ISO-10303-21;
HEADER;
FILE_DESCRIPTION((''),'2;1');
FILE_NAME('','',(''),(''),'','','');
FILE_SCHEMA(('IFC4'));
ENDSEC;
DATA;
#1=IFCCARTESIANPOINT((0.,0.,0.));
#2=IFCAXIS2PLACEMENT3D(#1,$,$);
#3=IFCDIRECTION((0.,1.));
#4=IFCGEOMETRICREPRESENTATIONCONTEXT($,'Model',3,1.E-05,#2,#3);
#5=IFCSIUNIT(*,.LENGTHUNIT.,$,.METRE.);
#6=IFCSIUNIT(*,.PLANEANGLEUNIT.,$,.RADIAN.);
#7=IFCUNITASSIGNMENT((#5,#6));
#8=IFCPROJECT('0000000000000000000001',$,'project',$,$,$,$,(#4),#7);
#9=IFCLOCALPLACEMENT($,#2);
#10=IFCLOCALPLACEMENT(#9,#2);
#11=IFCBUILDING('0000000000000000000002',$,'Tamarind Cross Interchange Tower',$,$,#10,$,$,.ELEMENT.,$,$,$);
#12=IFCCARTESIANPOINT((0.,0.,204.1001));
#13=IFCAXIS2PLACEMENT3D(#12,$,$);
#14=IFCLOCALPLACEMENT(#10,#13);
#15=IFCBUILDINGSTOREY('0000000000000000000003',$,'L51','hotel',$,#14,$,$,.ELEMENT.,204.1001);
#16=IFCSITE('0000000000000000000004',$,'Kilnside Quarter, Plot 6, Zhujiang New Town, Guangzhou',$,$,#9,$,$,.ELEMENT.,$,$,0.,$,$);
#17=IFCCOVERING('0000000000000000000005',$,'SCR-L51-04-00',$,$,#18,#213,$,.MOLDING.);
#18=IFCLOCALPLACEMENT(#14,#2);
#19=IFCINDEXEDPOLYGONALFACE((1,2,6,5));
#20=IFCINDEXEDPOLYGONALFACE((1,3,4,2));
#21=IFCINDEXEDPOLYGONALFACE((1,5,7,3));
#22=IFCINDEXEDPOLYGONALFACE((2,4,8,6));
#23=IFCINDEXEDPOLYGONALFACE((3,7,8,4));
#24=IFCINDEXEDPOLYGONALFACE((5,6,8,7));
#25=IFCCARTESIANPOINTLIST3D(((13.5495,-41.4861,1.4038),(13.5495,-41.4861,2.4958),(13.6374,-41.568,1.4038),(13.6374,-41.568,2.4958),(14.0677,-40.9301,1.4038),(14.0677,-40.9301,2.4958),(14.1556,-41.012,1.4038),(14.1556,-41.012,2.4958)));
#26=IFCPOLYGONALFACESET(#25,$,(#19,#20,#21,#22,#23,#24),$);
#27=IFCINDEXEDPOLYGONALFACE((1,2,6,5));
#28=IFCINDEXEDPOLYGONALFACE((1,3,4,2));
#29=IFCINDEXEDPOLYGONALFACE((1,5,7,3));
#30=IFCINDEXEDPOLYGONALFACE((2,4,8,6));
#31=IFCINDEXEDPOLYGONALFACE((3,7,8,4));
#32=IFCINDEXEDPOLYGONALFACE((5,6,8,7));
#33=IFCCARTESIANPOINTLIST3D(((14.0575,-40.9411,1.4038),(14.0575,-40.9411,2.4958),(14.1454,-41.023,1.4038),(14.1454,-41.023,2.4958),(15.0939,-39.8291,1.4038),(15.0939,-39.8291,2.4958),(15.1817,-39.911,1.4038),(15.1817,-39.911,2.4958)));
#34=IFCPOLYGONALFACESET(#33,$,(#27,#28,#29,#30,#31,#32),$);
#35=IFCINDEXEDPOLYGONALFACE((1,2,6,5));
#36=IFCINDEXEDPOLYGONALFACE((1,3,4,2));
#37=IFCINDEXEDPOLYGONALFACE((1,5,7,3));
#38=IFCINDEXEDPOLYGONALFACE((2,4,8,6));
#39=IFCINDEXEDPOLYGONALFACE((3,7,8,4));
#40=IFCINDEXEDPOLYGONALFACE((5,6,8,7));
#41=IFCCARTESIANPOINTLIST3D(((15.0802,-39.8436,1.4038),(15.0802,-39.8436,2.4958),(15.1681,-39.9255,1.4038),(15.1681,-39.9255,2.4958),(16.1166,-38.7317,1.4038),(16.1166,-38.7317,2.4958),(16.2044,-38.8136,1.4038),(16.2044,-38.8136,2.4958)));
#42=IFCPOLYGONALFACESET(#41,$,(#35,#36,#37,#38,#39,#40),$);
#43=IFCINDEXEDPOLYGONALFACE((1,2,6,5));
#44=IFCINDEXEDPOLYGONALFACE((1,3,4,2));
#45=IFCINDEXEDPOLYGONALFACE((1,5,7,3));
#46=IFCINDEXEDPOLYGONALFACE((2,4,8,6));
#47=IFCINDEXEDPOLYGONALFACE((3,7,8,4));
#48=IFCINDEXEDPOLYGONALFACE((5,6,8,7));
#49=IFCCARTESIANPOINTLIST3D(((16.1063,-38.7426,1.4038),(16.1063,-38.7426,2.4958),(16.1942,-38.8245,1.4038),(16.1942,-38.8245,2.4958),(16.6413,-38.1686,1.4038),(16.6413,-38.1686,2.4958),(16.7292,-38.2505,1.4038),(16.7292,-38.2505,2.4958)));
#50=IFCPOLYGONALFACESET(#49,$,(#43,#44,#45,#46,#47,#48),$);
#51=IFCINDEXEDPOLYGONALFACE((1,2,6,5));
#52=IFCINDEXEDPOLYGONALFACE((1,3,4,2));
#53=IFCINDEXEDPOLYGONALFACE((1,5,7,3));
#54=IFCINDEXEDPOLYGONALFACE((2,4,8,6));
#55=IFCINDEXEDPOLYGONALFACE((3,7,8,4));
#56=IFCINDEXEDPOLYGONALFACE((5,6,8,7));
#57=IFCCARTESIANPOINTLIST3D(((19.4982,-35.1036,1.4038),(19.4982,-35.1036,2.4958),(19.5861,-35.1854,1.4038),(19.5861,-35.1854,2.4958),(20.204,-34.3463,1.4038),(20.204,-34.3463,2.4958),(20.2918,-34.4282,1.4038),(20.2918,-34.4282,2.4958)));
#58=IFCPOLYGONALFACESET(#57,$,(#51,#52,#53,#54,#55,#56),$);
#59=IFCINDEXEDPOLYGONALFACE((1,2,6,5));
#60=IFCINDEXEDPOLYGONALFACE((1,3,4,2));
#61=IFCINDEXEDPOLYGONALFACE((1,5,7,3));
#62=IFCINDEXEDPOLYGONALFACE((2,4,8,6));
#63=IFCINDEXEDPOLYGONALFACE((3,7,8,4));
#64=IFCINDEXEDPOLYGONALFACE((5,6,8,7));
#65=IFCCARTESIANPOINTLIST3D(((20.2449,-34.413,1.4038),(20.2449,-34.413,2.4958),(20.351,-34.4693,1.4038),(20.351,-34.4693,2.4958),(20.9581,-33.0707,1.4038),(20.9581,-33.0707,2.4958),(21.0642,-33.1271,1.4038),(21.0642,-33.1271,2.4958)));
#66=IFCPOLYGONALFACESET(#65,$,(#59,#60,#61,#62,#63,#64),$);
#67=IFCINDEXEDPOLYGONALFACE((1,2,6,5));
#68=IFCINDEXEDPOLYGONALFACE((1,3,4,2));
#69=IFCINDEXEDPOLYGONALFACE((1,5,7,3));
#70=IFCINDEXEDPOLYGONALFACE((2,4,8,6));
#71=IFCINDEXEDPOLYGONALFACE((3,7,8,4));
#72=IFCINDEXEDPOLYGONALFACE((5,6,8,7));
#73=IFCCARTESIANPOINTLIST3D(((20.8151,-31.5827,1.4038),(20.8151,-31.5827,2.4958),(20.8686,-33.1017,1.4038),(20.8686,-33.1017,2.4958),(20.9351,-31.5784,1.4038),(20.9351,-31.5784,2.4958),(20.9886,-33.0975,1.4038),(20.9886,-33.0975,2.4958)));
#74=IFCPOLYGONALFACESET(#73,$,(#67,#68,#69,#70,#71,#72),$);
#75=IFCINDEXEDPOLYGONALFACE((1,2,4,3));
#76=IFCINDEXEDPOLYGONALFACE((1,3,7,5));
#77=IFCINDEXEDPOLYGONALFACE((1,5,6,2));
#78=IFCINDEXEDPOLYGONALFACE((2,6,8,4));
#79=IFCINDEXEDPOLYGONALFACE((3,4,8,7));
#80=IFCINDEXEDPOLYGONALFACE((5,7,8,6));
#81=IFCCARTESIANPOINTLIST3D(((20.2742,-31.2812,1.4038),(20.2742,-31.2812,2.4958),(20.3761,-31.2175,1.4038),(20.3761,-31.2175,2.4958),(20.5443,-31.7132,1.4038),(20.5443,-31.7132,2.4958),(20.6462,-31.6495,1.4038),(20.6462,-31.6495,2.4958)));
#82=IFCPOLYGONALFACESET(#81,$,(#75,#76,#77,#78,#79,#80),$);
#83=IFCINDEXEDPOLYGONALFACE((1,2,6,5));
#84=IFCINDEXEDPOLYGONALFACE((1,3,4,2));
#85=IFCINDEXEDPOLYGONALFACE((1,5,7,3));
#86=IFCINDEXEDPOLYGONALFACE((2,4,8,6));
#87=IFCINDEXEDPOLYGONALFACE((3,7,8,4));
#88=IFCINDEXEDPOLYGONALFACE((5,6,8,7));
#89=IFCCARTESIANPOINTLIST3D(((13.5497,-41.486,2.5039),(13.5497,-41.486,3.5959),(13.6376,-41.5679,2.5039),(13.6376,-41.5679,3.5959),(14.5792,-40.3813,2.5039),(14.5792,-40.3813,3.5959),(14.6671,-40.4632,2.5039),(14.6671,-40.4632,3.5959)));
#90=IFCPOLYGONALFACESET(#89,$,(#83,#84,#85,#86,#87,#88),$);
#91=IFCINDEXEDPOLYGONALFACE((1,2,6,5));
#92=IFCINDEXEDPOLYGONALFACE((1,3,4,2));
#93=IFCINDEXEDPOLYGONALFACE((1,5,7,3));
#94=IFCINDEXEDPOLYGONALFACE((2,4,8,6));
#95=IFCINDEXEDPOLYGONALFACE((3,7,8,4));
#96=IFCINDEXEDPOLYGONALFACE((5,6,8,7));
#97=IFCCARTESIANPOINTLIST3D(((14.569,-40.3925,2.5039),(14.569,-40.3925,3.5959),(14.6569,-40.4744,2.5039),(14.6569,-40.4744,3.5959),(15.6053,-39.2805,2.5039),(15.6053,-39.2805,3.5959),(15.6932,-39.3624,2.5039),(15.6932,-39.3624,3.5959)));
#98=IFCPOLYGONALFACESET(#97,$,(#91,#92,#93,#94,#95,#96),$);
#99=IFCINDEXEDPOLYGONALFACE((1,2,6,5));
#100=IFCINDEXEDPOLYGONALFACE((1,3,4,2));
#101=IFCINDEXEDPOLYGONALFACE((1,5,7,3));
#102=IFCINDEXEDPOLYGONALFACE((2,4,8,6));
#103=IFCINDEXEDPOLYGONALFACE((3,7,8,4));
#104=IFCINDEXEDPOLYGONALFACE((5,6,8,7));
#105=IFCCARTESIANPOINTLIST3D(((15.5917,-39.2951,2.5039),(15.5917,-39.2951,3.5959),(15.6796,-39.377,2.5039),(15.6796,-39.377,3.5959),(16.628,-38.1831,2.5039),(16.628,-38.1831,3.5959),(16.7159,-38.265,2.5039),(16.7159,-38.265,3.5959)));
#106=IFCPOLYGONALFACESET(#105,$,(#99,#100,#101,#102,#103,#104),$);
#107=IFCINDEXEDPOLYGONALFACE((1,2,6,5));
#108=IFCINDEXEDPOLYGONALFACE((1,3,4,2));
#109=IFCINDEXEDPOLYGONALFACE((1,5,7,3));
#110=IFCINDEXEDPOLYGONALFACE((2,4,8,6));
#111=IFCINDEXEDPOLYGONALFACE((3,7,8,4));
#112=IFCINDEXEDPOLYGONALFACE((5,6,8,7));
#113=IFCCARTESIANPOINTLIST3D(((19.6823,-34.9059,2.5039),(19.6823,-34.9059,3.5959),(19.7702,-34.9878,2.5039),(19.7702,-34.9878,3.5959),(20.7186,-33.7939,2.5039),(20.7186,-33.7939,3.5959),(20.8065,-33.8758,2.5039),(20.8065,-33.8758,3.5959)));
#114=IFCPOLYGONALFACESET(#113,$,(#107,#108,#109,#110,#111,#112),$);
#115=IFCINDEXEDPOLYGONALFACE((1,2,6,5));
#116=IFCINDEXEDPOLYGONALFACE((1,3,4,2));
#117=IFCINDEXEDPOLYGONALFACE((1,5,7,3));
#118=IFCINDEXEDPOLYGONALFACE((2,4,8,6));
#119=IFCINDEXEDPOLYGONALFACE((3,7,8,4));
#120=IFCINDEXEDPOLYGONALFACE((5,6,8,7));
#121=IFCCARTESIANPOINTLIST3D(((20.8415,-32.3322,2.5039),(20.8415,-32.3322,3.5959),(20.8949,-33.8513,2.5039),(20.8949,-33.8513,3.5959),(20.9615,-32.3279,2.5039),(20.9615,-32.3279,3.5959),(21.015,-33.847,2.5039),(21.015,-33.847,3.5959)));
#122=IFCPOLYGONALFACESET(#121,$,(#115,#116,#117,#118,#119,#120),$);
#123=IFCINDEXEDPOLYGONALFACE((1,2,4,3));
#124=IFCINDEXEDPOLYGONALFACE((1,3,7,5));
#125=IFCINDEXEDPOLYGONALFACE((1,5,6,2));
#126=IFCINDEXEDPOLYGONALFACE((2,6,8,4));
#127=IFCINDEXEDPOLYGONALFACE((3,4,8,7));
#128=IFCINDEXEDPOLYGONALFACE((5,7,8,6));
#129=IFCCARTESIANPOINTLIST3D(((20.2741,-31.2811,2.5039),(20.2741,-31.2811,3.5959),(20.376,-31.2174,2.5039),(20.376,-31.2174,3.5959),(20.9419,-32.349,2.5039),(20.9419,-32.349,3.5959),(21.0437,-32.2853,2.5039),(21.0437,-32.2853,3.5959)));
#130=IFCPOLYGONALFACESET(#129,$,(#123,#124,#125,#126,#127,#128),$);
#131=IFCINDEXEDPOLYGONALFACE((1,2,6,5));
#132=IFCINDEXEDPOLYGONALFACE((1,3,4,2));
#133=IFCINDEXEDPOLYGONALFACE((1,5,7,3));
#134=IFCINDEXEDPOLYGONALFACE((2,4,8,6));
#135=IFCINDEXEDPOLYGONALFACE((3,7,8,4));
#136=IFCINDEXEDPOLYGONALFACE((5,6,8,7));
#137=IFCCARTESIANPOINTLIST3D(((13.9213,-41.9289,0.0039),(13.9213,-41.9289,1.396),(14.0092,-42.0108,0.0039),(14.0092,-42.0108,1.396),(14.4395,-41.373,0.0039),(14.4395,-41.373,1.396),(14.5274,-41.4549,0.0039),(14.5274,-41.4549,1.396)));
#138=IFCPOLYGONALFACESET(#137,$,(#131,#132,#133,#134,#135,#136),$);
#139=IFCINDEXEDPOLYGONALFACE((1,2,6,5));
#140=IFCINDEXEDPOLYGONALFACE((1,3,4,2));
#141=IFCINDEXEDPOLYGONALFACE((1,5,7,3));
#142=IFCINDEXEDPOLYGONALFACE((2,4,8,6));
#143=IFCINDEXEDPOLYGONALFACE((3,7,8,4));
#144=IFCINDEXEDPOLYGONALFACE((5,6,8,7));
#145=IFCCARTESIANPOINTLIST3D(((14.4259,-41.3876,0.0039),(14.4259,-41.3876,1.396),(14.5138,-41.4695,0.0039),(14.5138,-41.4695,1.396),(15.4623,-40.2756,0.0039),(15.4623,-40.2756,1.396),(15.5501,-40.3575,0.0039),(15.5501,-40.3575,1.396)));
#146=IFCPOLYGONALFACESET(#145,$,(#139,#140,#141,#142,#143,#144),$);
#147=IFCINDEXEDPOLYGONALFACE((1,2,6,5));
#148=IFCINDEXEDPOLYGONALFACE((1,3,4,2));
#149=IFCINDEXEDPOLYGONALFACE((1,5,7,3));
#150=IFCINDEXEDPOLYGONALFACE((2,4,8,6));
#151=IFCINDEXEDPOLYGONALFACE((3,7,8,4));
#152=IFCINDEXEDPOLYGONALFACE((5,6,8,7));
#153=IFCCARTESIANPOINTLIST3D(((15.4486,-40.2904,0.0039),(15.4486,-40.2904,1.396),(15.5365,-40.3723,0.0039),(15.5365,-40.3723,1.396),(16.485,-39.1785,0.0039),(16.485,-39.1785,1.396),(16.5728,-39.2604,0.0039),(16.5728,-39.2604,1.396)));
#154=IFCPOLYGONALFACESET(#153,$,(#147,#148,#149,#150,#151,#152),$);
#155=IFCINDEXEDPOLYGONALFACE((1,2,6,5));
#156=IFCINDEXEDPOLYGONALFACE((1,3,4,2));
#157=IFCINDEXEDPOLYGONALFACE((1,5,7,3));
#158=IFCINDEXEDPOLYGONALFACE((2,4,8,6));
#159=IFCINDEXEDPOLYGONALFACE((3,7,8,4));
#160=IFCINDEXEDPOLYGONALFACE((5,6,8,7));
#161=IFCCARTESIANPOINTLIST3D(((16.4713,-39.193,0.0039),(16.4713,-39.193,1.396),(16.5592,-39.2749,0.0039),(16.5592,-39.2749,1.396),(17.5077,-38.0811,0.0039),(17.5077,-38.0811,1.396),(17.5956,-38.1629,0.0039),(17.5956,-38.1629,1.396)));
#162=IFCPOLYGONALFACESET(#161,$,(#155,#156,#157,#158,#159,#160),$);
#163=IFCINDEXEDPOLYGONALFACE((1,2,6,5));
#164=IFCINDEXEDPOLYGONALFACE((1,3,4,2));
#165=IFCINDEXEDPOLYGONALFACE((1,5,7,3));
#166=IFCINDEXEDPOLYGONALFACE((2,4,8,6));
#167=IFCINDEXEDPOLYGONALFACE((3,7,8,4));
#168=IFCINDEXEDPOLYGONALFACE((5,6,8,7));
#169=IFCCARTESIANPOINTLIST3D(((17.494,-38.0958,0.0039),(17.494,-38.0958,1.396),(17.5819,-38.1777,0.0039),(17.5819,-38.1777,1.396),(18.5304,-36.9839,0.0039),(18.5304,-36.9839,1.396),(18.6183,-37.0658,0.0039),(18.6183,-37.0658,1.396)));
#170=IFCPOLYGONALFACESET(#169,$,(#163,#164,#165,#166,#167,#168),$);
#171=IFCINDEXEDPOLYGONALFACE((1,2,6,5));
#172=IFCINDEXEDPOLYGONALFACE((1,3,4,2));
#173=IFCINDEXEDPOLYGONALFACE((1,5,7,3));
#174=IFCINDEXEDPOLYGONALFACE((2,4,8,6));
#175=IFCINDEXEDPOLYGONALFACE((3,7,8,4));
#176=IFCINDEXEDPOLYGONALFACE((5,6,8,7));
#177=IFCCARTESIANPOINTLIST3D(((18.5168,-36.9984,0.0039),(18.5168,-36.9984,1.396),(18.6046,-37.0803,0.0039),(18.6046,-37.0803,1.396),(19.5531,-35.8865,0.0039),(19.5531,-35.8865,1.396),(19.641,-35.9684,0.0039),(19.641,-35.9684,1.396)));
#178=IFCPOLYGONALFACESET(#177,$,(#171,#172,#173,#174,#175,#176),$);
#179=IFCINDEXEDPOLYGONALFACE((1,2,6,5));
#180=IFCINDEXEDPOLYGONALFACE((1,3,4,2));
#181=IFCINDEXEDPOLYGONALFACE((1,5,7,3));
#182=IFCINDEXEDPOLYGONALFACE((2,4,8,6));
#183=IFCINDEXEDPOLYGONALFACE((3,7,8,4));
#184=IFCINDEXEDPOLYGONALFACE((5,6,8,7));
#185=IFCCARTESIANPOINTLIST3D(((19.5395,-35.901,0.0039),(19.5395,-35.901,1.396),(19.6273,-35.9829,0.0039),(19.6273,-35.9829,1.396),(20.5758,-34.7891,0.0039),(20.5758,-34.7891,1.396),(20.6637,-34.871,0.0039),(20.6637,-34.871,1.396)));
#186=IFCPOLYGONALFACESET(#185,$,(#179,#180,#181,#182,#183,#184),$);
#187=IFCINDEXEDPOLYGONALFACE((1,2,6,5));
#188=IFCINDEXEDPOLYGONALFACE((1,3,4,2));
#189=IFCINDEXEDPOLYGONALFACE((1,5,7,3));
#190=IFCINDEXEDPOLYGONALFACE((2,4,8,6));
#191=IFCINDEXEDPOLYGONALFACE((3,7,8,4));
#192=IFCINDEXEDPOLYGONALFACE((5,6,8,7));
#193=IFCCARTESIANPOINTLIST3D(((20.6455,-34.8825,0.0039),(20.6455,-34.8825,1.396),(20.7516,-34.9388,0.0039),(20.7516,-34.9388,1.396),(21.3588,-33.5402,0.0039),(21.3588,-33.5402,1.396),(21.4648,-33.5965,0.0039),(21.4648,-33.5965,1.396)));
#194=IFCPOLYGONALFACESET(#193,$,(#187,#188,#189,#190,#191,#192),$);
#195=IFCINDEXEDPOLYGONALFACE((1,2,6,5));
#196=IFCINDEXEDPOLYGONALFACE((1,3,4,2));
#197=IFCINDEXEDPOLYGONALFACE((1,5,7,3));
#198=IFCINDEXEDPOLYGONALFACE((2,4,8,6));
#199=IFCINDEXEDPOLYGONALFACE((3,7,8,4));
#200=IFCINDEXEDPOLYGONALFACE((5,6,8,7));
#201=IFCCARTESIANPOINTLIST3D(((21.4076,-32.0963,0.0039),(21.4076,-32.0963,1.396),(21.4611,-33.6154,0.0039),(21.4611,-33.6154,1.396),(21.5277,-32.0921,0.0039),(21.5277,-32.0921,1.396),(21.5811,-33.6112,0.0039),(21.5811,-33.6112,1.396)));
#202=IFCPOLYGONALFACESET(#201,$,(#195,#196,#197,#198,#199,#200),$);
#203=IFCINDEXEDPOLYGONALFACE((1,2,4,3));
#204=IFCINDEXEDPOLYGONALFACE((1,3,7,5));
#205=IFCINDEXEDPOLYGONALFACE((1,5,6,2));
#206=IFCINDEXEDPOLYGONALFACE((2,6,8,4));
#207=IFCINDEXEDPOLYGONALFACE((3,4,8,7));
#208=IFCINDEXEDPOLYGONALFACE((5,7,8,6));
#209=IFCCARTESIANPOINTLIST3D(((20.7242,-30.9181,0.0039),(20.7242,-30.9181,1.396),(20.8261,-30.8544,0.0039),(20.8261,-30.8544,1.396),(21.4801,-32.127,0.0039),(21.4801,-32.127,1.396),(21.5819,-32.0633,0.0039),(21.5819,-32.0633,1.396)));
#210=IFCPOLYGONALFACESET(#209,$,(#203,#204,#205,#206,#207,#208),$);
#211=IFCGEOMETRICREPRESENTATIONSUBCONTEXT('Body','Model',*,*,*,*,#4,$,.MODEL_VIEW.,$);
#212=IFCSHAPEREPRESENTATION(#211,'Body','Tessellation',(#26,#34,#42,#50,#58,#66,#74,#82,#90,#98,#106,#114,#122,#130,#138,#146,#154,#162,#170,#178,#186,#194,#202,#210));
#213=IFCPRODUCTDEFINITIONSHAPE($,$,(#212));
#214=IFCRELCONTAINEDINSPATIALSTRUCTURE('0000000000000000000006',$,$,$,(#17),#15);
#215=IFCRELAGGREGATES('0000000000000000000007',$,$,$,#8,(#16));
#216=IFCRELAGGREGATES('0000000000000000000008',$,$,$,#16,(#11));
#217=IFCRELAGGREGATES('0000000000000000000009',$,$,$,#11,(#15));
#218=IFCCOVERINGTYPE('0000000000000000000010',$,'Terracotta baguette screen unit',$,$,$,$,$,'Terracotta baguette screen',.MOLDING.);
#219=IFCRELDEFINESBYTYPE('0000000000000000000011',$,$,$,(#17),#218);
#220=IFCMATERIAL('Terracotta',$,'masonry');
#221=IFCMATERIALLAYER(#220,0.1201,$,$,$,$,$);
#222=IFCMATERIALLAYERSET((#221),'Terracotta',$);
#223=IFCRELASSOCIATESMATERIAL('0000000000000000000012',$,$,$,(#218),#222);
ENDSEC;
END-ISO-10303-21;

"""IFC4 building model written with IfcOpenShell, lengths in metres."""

from ifc_helpers import new_model, si_unit, direction, frame, origin, origin_2d, place, context, subcontext, project, spatial, rectangle, extrude, material, layer, layer_set, type_object, element, save


model = new_model("IFC4")

# Units and contexts
model_context = context("Model", 3, precision=1e-05, world=origin(), true_north=direction((0.0, 1.0)))
body_context = subcontext(model_context, "Body", "Model", "MODEL_VIEW")
ifc_project = project(units=[si_unit("LENGTHUNIT", "METRE"), si_unit("PLANEANGLEUNIT", "RADIAN")], contexts=[model_context])

# Site, building, storey
site_placement = place(None, origin())
site = spatial("IfcSite", under=ifc_project, at=site_placement, Name="Kilnside Quarter, Plot 6, Zhujiang New Town, Guangzhou", CompositionType="ELEMENT", RefElevation=0.0)
building_placement = place(site_placement, origin())
building = spatial("IfcBuilding", under=site, at=building_placement, Name="Tamarind Cross Interchange Tower", CompositionType="ELEMENT")
storey_placement = place(building_placement, frame((0.0, 0.0, 204.1001)))
storey = spatial("IfcBuildingStorey", under=building, at=storey_placement, Name="L51", Description="hotel", CompositionType="ELEMENT", Elevation=204.1001)

# Covering
ifc_material_1 = material(Name="Terracotta", Category="masonry")
ifc_layer_1 = layer(ifc_material_1, 0.1201)
ifc_layer_set_1 = layer_set([ifc_layer_1], Name="Terracotta")
covering_type = type_object("IfcCoveringType", Name="Terracotta baguette screen unit", ElementType="Terracotta baguette screen", PredefinedType="MOLDING", material=ifc_layer_set_1)
covering_1_placement = place(storey_placement, origin())
element("IfcCovering", 1, at=covering_1_placement, inside=storey, type_object=covering_type, Name="SCR-L51-04-00", PredefinedType="MOLDING", context=body_context, shape_type="SweptSolid", body=[
    extrude(rectangle(XDim=0.76, YDim=0.1201, at=origin_2d()), frame((13.8525, -41.249, 1.4038), z_axis=(0.0, 0.0, 1.0), x_axis=(0.681794, 0.731544, 0.0)), (0.0, 0.0, 1.0), 1.092),
    extrude(rectangle(XDim=1.52, YDim=0.1201, at=origin_2d()), frame((14.6196, -40.426, 1.4038), z_axis=(0.0, 0.0, 1.0), x_axis=(0.681794, 0.731544, 0.0)), (0.0, 0.0, 1.0), 1.092),
    extrude(rectangle(XDim=1.52, YDim=0.1201, at=origin_2d()), frame((15.6423, -39.3286, 1.4038), z_axis=(0.0, 0.0, 1.0), x_axis=(0.681794, 0.731544, 0.0)), (0.0, 0.0, 1.0), 1.092),
    extrude(rectangle(XDim=0.7847, YDim=0.1201, at=origin_2d()), frame((16.4177, -38.4966, 1.4038), z_axis=(0.0, 0.0, 1.0), x_axis=(0.681794, 0.731544, 0.0)), (0.0, 0.0, 1.0), 1.092),
    extrude(rectangle(XDim=1.0352, YDim=0.1201, at=origin_2d()), frame((19.895, -34.7659, 1.4038), z_axis=(0.0, 0.0, 1.0), x_axis=(0.681794, 0.731544, 0.0)), (0.0, 0.0, 1.0), 1.092),
    extrude(rectangle(XDim=1.52, YDim=0.1201, at=origin_2d()), frame((20.6545, -33.77, 1.4038), z_axis=(0.0, 0.0, 1.0), x_axis=(0.469225, 0.883079, 0.0)), (0.0, 0.0, 1.0), 1.092),
    extrude(rectangle(XDim=1.52, YDim=0.1201, at=origin_2d()), frame((20.9019, -32.3401, 1.4038), z_axis=(0.0, 0.0, 1.0), x_axis=(-0.035179, 0.999381, 0.0)), (0.0, 0.0, 1.0), 1.092),
    extrude(rectangle(XDim=0.5095, YDim=0.1201, at=origin_2d()), frame((20.4602, -31.4653, 1.4038), z_axis=(0.0, 0.0, 1.0), x_axis=(-0.530156, 0.8479, 0.0)), (0.0, 0.0, 1.0), 1.092),
    extrude(rectangle(XDim=1.51, YDim=0.1201, at=origin_2d()), frame((14.1084, -40.9746, 2.5039), z_axis=(0.0, 0.0, 1.0), x_axis=(0.681794, 0.731544, 0.0)), (0.0, 0.0, 1.0), 1.092),
    extrude(rectangle(XDim=1.52, YDim=0.1201, at=origin_2d()), frame((15.1311, -39.8774, 2.5039), z_axis=(0.0, 0.0, 1.0), x_axis=(0.681794, 0.731544, 0.0)), (0.0, 0.0, 1.0), 1.092),
    extrude(rectangle(XDim=1.52, YDim=0.1201, at=origin_2d()), frame((16.1538, -38.78, 2.5039), z_axis=(0.0, 0.0, 1.0), x_axis=(0.681794, 0.731544, 0.0)), (0.0, 0.0, 1.0), 1.092),
    extrude(rectangle(XDim=1.52, YDim=0.1201, at=origin_2d()), frame((20.2444, -34.3909, 2.5039), z_axis=(0.0, 0.0, 1.0), x_axis=(0.681794, 0.731544, 0.0)), (0.0, 0.0, 1.0), 1.092),
    extrude(rectangle(XDim=1.52, YDim=0.1201, at=origin_2d()), frame((20.9282, -33.0896, 2.5039), z_axis=(0.0, 0.0, 1.0), x_axis=(-0.035179, 0.999381, 0.0)), (0.0, 0.0, 1.0), 1.092),
    extrude(rectangle(XDim=1.2595, YDim=0.1201, at=origin_2d()), frame((20.6589, -31.7832, 2.5039), z_axis=(0.0, 0.0, 1.0), x_axis=(-0.530156, 0.8479, 0.0)), (0.0, 0.0, 1.0), 1.092),
    extrude(rectangle(XDim=0.76, YDim=0.1201, at=origin_2d()), frame((14.2244, -41.6919, 0.0039), z_axis=(0.0, 0.0, 1.0), x_axis=(0.681794, 0.731544, 0.0)), (0.0, 0.0, 1.0), 1.3921),
    extrude(rectangle(XDim=1.52, YDim=0.1201, at=origin_2d()), frame((14.988, -40.8726, 0.0039), z_axis=(0.0, 0.0, 1.0), x_axis=(0.681794, 0.731544, 0.0)), (0.0, 0.0, 1.0), 1.3921),
    extrude(rectangle(XDim=1.52, YDim=0.1201, at=origin_2d()), frame((16.0107, -39.7754, 0.0039), z_axis=(0.0, 0.0, 1.0), x_axis=(0.681794, 0.731544, 0.0)), (0.0, 0.0, 1.0), 1.3921),
    extrude(rectangle(XDim=1.52, YDim=0.1201, at=origin_2d()), frame((17.0334, -38.678, 0.0039), z_axis=(0.0, 0.0, 1.0), x_axis=(0.681794, 0.731544, 0.0)), (0.0, 0.0, 1.0), 1.3921),
    extrude(rectangle(XDim=1.52, YDim=0.1201, at=origin_2d()), frame((18.0562, -37.5808, 0.0039), z_axis=(0.0, 0.0, 1.0), x_axis=(0.681794, 0.731544, 0.0)), (0.0, 0.0, 1.0), 1.3921),
    extrude(rectangle(XDim=1.52, YDim=0.1201, at=origin_2d()), frame((19.0789, -36.4834, 0.0039), z_axis=(0.0, 0.0, 1.0), x_axis=(0.681794, 0.731544, 0.0)), (0.0, 0.0, 1.0), 1.3921),
    extrude(rectangle(XDim=1.52, YDim=0.1201, at=origin_2d()), frame((20.1016, -35.386, 0.0039), z_axis=(0.0, 0.0, 1.0), x_axis=(0.681794, 0.731544, 0.0)), (0.0, 0.0, 1.0), 1.3921),
    extrude(rectangle(XDim=1.52, YDim=0.1201, at=origin_2d()), frame((21.0552, -34.2395, 0.0039), z_axis=(0.0, 0.0, 1.0), x_axis=(0.469225, 0.883079, 0.0)), (0.0, 0.0, 1.0), 1.3921),
    extrude(rectangle(XDim=1.52, YDim=0.1201, at=origin_2d()), frame((21.4944, -32.8538, 0.0039), z_axis=(0.0, 0.0, 1.0), x_axis=(-0.035179, 0.999381, 0.0)), (0.0, 0.0, 1.0), 1.3921),
    extrude(rectangle(XDim=1.4258, YDim=0.1201, at=origin_2d()), frame((21.1531, -31.4907, 0.0039), z_axis=(0.0, 0.0, 1.0), x_axis=(-0.530156, 0.8479, 0.0)), (0.0, 0.0, 1.0), 1.3921),
])

save(model, "model.ifc")
